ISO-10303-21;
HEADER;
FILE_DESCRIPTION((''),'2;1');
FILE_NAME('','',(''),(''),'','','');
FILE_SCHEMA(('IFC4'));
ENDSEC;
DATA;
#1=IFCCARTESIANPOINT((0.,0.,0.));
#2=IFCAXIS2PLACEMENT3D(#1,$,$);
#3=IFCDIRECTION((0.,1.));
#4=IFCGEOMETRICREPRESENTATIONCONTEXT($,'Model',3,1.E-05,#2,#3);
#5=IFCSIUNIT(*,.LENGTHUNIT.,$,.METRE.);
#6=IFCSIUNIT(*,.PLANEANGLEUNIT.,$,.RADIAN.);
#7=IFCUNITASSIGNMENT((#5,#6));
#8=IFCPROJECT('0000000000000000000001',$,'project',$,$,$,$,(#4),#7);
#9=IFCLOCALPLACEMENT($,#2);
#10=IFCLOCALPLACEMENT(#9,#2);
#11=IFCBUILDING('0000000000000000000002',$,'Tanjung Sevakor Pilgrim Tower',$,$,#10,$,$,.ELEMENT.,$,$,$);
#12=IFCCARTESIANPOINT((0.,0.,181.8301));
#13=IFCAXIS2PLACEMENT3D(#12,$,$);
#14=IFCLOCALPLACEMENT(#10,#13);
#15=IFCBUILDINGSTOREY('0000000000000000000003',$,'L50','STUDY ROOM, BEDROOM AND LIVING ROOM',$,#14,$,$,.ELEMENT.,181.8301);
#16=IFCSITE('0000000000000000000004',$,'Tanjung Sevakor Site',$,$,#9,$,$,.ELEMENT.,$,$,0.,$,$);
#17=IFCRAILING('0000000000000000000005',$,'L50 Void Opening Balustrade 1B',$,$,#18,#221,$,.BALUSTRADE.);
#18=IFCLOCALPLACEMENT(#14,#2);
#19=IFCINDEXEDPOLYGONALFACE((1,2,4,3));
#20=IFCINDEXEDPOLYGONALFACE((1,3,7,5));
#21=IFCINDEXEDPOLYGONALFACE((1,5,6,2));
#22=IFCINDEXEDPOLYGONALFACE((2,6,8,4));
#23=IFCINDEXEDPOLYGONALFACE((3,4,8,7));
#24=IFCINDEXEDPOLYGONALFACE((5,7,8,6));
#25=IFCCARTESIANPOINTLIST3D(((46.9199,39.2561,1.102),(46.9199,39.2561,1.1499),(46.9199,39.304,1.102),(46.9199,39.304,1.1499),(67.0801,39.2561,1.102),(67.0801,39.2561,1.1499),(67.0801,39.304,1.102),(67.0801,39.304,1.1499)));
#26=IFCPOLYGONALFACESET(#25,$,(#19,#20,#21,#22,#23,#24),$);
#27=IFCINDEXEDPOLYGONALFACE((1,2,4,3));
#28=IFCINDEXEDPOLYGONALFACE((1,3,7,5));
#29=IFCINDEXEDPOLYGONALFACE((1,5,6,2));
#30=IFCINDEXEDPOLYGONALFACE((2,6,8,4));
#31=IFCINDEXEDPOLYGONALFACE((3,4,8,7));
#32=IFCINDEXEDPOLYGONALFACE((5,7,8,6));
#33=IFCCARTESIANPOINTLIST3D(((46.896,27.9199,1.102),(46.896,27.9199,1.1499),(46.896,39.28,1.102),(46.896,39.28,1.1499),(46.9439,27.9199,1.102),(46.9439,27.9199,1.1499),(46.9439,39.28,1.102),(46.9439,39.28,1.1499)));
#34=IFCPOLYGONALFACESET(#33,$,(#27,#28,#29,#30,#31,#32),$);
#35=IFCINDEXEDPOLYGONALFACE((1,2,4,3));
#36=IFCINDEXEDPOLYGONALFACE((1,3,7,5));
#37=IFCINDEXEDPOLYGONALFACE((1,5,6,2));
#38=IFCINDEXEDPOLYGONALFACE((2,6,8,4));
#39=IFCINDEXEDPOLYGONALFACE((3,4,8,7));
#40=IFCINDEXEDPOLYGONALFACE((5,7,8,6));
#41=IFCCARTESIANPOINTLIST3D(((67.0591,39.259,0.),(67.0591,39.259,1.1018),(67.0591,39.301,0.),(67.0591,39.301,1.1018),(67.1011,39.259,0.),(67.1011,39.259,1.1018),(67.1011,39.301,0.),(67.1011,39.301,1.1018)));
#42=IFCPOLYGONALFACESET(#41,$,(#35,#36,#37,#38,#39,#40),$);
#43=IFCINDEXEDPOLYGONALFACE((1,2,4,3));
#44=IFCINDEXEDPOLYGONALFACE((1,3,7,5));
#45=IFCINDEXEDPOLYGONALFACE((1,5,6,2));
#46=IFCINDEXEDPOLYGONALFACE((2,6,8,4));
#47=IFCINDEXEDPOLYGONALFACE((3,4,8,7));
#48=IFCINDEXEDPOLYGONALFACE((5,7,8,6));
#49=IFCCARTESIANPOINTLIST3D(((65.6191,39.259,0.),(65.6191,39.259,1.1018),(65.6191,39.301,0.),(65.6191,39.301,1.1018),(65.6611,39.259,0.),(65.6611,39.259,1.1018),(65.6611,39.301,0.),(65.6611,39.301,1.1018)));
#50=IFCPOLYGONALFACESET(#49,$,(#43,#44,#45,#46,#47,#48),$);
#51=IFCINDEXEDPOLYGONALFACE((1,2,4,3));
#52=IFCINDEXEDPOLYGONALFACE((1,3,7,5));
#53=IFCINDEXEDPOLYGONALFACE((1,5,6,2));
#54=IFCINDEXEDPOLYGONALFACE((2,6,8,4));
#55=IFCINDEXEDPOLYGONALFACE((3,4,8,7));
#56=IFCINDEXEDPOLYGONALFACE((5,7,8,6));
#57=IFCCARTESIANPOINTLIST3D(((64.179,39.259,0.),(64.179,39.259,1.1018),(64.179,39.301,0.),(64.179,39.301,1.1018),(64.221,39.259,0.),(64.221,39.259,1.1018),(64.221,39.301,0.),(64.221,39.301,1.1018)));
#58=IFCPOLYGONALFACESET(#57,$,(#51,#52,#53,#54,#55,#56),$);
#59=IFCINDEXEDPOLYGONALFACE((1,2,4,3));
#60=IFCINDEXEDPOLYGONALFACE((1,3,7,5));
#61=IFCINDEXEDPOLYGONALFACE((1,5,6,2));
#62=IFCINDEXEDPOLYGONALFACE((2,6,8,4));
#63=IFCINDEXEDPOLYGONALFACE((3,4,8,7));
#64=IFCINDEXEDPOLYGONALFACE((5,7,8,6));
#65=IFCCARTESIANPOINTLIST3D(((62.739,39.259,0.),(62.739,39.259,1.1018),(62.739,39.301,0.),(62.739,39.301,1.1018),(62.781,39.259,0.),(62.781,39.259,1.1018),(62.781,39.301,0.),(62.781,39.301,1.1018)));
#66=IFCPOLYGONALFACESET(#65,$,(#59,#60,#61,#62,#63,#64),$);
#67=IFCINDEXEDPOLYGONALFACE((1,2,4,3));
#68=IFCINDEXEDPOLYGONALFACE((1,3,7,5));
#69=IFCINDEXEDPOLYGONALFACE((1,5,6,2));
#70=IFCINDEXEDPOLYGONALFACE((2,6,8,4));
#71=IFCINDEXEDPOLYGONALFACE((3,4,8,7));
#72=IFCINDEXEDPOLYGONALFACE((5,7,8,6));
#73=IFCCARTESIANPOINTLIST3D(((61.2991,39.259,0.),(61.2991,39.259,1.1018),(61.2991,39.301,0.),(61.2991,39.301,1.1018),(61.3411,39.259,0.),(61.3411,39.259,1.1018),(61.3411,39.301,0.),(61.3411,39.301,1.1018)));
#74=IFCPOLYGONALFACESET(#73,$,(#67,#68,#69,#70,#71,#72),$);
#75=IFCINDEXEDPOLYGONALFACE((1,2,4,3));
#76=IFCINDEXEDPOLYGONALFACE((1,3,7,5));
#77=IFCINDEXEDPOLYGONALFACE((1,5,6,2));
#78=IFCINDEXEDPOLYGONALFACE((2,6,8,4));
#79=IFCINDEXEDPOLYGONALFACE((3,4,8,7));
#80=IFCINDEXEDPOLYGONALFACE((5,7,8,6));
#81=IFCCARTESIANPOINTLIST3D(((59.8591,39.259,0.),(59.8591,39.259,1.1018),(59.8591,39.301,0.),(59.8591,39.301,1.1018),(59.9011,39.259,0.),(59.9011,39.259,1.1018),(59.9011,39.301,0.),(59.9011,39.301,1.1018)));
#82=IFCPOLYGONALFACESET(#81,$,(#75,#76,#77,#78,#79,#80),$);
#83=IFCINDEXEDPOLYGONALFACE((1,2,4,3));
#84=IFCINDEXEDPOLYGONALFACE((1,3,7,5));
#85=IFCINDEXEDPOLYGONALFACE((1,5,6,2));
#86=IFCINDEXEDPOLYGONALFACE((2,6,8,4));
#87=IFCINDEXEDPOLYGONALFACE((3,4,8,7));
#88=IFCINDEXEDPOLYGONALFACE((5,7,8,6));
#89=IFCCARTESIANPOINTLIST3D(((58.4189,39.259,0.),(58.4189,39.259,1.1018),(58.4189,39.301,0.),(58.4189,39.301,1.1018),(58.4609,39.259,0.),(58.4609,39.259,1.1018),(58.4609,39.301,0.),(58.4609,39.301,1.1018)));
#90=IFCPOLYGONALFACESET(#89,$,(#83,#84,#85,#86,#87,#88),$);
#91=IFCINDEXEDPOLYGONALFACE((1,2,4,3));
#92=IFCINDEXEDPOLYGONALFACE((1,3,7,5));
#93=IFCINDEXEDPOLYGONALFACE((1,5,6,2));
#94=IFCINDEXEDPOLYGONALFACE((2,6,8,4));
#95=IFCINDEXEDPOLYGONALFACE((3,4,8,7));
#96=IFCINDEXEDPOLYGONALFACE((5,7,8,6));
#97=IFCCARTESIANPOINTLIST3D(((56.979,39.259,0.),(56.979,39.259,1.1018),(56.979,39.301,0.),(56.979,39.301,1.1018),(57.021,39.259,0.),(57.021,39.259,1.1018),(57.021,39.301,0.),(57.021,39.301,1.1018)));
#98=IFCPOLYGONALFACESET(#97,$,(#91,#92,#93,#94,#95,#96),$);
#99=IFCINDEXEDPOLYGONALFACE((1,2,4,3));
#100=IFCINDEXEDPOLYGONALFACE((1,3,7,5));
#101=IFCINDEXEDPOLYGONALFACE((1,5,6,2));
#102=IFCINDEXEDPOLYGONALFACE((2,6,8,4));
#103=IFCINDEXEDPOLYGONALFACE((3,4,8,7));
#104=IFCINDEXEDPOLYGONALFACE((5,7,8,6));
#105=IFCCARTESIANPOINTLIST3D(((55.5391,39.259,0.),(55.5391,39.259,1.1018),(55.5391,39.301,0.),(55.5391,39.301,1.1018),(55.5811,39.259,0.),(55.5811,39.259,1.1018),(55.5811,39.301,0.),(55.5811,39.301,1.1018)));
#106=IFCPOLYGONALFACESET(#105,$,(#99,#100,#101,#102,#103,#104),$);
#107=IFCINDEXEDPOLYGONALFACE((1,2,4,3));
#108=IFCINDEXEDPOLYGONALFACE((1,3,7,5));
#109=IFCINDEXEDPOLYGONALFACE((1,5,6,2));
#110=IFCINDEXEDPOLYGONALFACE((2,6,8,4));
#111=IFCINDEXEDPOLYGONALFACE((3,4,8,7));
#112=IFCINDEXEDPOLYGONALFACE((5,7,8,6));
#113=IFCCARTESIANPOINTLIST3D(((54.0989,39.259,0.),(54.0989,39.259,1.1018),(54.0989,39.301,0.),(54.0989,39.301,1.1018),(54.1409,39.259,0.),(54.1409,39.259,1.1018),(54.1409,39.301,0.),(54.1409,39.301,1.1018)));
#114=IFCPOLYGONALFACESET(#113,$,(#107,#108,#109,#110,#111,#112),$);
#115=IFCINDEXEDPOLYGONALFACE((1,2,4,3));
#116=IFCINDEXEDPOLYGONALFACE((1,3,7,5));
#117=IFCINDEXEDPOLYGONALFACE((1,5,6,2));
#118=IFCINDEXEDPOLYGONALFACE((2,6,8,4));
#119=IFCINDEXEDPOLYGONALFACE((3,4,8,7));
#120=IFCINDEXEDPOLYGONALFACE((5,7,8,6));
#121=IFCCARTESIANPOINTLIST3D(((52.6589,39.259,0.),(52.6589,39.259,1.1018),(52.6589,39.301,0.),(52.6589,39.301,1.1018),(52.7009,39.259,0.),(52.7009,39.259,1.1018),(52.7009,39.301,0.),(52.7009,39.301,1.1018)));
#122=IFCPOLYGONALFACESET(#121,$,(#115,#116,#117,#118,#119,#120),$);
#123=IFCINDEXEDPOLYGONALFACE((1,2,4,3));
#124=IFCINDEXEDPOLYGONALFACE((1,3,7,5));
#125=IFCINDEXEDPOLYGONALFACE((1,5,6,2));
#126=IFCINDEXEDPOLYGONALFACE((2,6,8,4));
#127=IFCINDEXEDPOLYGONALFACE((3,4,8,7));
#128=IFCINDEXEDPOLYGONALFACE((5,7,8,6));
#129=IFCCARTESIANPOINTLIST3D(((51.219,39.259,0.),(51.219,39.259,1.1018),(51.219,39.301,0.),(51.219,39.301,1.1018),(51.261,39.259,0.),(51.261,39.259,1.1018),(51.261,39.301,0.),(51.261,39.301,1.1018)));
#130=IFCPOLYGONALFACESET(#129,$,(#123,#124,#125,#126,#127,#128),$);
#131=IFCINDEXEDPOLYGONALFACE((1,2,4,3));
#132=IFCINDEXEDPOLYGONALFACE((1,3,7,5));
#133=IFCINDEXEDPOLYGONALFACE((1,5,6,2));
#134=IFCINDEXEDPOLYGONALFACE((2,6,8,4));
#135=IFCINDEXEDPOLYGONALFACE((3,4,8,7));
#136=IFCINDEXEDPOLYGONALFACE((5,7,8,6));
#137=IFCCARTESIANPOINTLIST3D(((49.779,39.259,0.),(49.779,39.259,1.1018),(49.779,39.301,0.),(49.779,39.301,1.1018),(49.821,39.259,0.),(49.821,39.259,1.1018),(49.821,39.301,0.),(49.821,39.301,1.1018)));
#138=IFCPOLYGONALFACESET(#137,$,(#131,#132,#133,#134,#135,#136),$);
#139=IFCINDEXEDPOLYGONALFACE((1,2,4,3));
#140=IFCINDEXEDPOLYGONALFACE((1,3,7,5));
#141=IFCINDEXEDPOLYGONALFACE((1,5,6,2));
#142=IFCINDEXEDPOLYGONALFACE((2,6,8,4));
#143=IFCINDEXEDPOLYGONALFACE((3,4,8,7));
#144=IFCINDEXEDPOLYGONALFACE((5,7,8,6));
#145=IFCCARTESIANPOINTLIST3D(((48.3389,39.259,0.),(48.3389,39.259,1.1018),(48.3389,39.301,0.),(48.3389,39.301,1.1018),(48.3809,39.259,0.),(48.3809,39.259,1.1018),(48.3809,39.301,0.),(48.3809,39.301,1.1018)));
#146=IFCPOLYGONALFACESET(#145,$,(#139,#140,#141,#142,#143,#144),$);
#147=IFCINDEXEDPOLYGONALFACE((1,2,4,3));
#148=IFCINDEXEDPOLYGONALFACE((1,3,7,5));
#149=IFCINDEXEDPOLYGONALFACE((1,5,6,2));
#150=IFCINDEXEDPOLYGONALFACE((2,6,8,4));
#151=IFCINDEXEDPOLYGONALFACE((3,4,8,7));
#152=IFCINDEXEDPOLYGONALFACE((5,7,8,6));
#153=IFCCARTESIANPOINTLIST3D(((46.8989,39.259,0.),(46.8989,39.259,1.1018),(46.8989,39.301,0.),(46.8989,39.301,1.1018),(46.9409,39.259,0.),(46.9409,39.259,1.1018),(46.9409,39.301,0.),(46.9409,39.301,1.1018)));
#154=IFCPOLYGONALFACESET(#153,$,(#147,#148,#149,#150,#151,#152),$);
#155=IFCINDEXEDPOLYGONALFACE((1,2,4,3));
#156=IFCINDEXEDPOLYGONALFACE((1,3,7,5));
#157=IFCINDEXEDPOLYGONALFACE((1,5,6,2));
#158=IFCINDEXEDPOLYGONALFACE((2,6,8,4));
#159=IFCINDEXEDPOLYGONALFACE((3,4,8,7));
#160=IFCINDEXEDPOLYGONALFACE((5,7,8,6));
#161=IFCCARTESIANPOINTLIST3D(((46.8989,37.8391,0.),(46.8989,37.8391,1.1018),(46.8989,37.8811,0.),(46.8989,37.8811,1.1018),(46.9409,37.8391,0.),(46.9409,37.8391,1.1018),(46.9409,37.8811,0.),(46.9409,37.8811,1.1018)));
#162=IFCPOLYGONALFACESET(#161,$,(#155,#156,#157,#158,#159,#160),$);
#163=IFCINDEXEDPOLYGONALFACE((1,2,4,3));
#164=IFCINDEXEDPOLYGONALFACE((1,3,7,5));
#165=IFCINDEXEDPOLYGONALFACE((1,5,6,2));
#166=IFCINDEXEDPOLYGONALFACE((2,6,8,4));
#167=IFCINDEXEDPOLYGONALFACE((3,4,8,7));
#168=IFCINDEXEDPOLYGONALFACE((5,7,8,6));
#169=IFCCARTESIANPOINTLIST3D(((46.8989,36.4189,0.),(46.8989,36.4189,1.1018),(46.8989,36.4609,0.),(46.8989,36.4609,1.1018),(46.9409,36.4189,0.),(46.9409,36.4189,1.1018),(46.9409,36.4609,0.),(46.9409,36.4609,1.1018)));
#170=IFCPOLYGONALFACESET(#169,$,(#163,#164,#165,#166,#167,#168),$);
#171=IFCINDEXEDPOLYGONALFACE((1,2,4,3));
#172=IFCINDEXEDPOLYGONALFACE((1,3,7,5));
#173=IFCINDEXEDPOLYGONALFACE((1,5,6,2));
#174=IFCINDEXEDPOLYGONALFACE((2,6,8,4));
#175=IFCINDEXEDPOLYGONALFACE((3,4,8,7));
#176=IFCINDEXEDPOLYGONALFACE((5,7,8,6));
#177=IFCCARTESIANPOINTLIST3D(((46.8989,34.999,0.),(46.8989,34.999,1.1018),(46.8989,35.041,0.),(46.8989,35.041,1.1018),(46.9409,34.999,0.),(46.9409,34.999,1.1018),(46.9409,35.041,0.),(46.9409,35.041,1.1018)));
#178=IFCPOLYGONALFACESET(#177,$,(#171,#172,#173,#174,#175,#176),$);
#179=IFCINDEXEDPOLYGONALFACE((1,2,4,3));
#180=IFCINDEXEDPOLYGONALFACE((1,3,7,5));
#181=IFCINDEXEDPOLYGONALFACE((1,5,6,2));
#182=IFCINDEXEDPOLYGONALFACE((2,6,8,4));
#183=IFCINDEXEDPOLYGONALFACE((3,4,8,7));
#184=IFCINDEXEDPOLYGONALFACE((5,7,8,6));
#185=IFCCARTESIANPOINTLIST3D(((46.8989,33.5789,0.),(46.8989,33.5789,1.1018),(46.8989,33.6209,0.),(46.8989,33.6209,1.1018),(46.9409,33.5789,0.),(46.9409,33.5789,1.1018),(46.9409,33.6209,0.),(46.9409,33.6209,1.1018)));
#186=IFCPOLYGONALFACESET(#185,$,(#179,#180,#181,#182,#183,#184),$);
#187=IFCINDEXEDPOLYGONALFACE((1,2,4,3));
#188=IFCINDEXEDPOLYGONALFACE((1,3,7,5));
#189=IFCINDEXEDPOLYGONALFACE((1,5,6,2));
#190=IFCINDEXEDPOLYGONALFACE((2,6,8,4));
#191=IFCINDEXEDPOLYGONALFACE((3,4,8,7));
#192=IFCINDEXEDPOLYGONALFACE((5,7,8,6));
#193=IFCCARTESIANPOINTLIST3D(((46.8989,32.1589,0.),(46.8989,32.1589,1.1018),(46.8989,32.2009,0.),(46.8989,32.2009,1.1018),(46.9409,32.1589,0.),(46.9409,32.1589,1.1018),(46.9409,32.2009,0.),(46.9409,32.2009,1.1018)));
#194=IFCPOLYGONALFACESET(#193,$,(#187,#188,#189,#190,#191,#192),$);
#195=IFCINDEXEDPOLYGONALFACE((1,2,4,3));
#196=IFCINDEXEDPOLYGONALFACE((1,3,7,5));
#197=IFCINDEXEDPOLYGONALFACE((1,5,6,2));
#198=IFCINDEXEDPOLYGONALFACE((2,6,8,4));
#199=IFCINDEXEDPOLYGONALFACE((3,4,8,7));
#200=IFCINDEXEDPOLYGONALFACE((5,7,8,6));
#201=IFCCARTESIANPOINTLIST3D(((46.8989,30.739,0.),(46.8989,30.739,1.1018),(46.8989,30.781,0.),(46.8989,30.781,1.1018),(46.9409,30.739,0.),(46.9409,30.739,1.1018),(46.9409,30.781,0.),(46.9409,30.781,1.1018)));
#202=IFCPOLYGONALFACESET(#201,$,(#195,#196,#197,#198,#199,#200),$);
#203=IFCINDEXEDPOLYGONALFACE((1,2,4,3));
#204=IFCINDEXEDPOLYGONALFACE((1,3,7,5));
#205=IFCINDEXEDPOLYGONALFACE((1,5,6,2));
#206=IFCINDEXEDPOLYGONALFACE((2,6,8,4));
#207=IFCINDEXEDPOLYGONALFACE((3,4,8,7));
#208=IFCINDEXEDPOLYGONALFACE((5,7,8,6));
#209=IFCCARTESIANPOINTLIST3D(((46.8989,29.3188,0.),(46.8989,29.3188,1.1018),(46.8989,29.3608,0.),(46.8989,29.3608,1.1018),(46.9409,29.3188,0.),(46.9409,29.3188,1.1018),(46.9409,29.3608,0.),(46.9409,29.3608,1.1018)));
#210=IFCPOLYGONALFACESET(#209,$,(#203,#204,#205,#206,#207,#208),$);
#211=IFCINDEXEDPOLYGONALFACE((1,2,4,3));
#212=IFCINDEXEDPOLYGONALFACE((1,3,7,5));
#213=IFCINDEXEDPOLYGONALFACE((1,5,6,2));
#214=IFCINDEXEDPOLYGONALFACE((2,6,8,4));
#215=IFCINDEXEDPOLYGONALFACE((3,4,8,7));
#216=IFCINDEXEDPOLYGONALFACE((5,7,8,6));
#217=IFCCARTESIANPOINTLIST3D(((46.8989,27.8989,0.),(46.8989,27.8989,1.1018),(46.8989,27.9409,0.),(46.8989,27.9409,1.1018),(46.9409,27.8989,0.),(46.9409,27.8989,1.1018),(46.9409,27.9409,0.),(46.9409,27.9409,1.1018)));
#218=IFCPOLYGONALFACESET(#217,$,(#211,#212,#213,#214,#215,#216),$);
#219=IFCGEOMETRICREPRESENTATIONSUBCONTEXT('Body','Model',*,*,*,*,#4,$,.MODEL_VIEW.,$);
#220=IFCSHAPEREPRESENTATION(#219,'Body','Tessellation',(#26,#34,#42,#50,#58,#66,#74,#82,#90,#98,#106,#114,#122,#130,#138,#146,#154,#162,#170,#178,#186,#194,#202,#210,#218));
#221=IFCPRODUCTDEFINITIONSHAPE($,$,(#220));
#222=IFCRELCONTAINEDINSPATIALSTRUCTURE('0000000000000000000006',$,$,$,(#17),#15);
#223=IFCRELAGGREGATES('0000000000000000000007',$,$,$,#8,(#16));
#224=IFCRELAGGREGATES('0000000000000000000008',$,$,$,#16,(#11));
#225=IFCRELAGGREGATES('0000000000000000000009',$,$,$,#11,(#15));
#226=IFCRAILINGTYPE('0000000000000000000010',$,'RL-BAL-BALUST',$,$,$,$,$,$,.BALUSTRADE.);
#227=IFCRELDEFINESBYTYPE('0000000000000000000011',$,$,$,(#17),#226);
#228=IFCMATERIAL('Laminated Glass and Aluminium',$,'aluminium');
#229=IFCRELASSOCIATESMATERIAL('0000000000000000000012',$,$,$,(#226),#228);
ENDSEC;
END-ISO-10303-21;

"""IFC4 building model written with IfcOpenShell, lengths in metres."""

from ifc_helpers import new_model, si_unit, direction, frame, origin, place, context, subcontext, project, spatial, rectangle, extrude, material, type_object, element, save


model = new_model("IFC4")

# Units and contexts
model_context = context("Model", 3, precision=1e-05, world=origin(), true_north=direction((0.0, 1.0)))
body_context = subcontext(model_context, "Body", "Model", "MODEL_VIEW")
ifc_project = project(units=[si_unit("LENGTHUNIT", "METRE"), si_unit("PLANEANGLEUNIT", "RADIAN")], contexts=[model_context])

# Site, building, storey
site_placement = place(None, origin())
site = spatial("IfcSite", under=ifc_project, at=site_placement, Name="Tanjung Sevakor Site", CompositionType="ELEMENT", RefElevation=0.0)
building_placement = place(site_placement, origin())
building = spatial("IfcBuilding", under=site, at=building_placement, Name="Tanjung Sevakor Pilgrim Tower", CompositionType="ELEMENT")
storey_placement = place(building_placement, frame((0.0, 0.0, 181.8301)))
storey = spatial("IfcBuildingStorey", under=building, at=storey_placement, Name="L50", Description="STUDY ROOM, BEDROOM AND LIVING ROOM", CompositionType="ELEMENT", Elevation=181.8301)

# Railing
ifc_material_1 = material(Name="Laminated Glass and Aluminium", Category="aluminium")
railing_type = type_object("IfcRailingType", Name="RL-BAL-BALUST", PredefinedType="BALUSTRADE", material=ifc_material_1)
railing_placement = place(storey_placement, frame((67.0801, 39.28, 0.0)))
element("IfcRailing", 1, at=railing_placement, inside=storey, type_object=railing_type, Name="L50 Void Opening Balustrade 1B", PredefinedType="BALUSTRADE", context=body_context, shape_type="SweptSolid", body=[
    extrude(rectangle(XDim=0.0479, YDim=0.0479), frame((0.0, 0.0, 1.126), z_axis=(-1.0, 0.0, 0.0), x_axis=(0.0, -1.0, 0.0)), (0.0, 0.0, 1.0), 20.1602),
    extrude(rectangle(XDim=0.0479, YDim=0.0479), frame((-20.1602, 0.0, 1.126), z_axis=(0.0, -1.0, 0.0), x_axis=(1.0, 0.0, 0.0)), (0.0, 0.0, 1.0), 11.3601),
    extrude(rectangle(XDim=0.042, YDim=0.042), origin(), (0.0, 0.0, 1.0), 1.1018),
    extrude(rectangle(XDim=0.042, YDim=0.042), frame((-1.4399, 0.0, 0.0)), (0.0, 0.0, 1.0), 1.1018),
    extrude(rectangle(XDim=0.042, YDim=0.042), frame((-2.8801, 0.0, 0.0)), (0.0, 0.0, 1.0), 1.1018),
    extrude(rectangle(XDim=0.042, YDim=0.042), frame((-4.3201, 0.0, 0.0)), (0.0, 0.0, 1.0), 1.1018),
    extrude(rectangle(XDim=0.042, YDim=0.042), frame((-5.76, 0.0, 0.0)), (0.0, 0.0, 1.0), 1.1018),
    extrude(rectangle(XDim=0.042, YDim=0.042), frame((-7.2, 0.0, 0.0)), (0.0, 0.0, 1.0), 1.1018),
    extrude(rectangle(XDim=0.042, YDim=0.042), frame((-8.6401, 0.0, 0.0)), (0.0, 0.0, 1.0), 1.1018),
    extrude(rectangle(XDim=0.042, YDim=0.042), frame((-10.0801, 0.0, 0.0)), (0.0, 0.0, 1.0), 1.1018),
    extrude(rectangle(XDim=0.042, YDim=0.042), frame((-11.52, 0.0, 0.0)), (0.0, 0.0, 1.0), 1.1018),
    extrude(rectangle(XDim=0.042, YDim=0.042), frame((-12.9602, 0.0, 0.0)), (0.0, 0.0, 1.0), 1.1018),
    extrude(rectangle(XDim=0.042, YDim=0.042), frame((-14.4001, 0.0, 0.0)), (0.0, 0.0, 1.0), 1.1018),
    extrude(rectangle(XDim=0.042, YDim=0.042), frame((-15.8401, 0.0, 0.0)), (0.0, 0.0, 1.0), 1.1018),
    extrude(rectangle(XDim=0.042, YDim=0.042), frame((-17.28, 0.0, 0.0)), (0.0, 0.0, 1.0), 1.1018),
    extrude(rectangle(XDim=0.042, YDim=0.042), frame((-18.7202, 0.0, 0.0)), (0.0, 0.0, 1.0), 1.1018),
    extrude(rectangle(XDim=0.042, YDim=0.042), frame((-20.1602, 0.0, 0.0)), (0.0, 0.0, 1.0), 1.1018),
    extrude(rectangle(XDim=0.042, YDim=0.042), frame((-20.1602, -1.4199, 0.0)), (0.0, 0.0, 1.0), 1.1018),
    extrude(rectangle(XDim=0.042, YDim=0.042), frame((-20.1602, -2.8401, 0.0)), (0.0, 0.0, 1.0), 1.1018),
    extrude(rectangle(XDim=0.042, YDim=0.042), frame((-20.1602, -4.26, 0.0)), (0.0, 0.0, 1.0), 1.1018),
    extrude(rectangle(XDim=0.042, YDim=0.042), frame((-20.1602, -5.6802, 0.0)), (0.0, 0.0, 1.0), 1.1018),
    extrude(rectangle(XDim=0.042, YDim=0.042), frame((-20.1602, -7.1001, 0.0)), (0.0, 0.0, 1.0), 1.1018),
    extrude(rectangle(XDim=0.042, YDim=0.042), frame((-20.1602, -8.52, 0.0)), (0.0, 0.0, 1.0), 1.1018),
    extrude(rectangle(XDim=0.042, YDim=0.042), frame((-20.1602, -9.9402, 0.0)), (0.0, 0.0, 1.0), 1.1018),
    extrude(rectangle(XDim=0.042, YDim=0.042), frame((-20.1602, -11.3601, 0.0)), (0.0, 0.0, 1.0), 1.1018),
])

save(model, "model.ifc")
